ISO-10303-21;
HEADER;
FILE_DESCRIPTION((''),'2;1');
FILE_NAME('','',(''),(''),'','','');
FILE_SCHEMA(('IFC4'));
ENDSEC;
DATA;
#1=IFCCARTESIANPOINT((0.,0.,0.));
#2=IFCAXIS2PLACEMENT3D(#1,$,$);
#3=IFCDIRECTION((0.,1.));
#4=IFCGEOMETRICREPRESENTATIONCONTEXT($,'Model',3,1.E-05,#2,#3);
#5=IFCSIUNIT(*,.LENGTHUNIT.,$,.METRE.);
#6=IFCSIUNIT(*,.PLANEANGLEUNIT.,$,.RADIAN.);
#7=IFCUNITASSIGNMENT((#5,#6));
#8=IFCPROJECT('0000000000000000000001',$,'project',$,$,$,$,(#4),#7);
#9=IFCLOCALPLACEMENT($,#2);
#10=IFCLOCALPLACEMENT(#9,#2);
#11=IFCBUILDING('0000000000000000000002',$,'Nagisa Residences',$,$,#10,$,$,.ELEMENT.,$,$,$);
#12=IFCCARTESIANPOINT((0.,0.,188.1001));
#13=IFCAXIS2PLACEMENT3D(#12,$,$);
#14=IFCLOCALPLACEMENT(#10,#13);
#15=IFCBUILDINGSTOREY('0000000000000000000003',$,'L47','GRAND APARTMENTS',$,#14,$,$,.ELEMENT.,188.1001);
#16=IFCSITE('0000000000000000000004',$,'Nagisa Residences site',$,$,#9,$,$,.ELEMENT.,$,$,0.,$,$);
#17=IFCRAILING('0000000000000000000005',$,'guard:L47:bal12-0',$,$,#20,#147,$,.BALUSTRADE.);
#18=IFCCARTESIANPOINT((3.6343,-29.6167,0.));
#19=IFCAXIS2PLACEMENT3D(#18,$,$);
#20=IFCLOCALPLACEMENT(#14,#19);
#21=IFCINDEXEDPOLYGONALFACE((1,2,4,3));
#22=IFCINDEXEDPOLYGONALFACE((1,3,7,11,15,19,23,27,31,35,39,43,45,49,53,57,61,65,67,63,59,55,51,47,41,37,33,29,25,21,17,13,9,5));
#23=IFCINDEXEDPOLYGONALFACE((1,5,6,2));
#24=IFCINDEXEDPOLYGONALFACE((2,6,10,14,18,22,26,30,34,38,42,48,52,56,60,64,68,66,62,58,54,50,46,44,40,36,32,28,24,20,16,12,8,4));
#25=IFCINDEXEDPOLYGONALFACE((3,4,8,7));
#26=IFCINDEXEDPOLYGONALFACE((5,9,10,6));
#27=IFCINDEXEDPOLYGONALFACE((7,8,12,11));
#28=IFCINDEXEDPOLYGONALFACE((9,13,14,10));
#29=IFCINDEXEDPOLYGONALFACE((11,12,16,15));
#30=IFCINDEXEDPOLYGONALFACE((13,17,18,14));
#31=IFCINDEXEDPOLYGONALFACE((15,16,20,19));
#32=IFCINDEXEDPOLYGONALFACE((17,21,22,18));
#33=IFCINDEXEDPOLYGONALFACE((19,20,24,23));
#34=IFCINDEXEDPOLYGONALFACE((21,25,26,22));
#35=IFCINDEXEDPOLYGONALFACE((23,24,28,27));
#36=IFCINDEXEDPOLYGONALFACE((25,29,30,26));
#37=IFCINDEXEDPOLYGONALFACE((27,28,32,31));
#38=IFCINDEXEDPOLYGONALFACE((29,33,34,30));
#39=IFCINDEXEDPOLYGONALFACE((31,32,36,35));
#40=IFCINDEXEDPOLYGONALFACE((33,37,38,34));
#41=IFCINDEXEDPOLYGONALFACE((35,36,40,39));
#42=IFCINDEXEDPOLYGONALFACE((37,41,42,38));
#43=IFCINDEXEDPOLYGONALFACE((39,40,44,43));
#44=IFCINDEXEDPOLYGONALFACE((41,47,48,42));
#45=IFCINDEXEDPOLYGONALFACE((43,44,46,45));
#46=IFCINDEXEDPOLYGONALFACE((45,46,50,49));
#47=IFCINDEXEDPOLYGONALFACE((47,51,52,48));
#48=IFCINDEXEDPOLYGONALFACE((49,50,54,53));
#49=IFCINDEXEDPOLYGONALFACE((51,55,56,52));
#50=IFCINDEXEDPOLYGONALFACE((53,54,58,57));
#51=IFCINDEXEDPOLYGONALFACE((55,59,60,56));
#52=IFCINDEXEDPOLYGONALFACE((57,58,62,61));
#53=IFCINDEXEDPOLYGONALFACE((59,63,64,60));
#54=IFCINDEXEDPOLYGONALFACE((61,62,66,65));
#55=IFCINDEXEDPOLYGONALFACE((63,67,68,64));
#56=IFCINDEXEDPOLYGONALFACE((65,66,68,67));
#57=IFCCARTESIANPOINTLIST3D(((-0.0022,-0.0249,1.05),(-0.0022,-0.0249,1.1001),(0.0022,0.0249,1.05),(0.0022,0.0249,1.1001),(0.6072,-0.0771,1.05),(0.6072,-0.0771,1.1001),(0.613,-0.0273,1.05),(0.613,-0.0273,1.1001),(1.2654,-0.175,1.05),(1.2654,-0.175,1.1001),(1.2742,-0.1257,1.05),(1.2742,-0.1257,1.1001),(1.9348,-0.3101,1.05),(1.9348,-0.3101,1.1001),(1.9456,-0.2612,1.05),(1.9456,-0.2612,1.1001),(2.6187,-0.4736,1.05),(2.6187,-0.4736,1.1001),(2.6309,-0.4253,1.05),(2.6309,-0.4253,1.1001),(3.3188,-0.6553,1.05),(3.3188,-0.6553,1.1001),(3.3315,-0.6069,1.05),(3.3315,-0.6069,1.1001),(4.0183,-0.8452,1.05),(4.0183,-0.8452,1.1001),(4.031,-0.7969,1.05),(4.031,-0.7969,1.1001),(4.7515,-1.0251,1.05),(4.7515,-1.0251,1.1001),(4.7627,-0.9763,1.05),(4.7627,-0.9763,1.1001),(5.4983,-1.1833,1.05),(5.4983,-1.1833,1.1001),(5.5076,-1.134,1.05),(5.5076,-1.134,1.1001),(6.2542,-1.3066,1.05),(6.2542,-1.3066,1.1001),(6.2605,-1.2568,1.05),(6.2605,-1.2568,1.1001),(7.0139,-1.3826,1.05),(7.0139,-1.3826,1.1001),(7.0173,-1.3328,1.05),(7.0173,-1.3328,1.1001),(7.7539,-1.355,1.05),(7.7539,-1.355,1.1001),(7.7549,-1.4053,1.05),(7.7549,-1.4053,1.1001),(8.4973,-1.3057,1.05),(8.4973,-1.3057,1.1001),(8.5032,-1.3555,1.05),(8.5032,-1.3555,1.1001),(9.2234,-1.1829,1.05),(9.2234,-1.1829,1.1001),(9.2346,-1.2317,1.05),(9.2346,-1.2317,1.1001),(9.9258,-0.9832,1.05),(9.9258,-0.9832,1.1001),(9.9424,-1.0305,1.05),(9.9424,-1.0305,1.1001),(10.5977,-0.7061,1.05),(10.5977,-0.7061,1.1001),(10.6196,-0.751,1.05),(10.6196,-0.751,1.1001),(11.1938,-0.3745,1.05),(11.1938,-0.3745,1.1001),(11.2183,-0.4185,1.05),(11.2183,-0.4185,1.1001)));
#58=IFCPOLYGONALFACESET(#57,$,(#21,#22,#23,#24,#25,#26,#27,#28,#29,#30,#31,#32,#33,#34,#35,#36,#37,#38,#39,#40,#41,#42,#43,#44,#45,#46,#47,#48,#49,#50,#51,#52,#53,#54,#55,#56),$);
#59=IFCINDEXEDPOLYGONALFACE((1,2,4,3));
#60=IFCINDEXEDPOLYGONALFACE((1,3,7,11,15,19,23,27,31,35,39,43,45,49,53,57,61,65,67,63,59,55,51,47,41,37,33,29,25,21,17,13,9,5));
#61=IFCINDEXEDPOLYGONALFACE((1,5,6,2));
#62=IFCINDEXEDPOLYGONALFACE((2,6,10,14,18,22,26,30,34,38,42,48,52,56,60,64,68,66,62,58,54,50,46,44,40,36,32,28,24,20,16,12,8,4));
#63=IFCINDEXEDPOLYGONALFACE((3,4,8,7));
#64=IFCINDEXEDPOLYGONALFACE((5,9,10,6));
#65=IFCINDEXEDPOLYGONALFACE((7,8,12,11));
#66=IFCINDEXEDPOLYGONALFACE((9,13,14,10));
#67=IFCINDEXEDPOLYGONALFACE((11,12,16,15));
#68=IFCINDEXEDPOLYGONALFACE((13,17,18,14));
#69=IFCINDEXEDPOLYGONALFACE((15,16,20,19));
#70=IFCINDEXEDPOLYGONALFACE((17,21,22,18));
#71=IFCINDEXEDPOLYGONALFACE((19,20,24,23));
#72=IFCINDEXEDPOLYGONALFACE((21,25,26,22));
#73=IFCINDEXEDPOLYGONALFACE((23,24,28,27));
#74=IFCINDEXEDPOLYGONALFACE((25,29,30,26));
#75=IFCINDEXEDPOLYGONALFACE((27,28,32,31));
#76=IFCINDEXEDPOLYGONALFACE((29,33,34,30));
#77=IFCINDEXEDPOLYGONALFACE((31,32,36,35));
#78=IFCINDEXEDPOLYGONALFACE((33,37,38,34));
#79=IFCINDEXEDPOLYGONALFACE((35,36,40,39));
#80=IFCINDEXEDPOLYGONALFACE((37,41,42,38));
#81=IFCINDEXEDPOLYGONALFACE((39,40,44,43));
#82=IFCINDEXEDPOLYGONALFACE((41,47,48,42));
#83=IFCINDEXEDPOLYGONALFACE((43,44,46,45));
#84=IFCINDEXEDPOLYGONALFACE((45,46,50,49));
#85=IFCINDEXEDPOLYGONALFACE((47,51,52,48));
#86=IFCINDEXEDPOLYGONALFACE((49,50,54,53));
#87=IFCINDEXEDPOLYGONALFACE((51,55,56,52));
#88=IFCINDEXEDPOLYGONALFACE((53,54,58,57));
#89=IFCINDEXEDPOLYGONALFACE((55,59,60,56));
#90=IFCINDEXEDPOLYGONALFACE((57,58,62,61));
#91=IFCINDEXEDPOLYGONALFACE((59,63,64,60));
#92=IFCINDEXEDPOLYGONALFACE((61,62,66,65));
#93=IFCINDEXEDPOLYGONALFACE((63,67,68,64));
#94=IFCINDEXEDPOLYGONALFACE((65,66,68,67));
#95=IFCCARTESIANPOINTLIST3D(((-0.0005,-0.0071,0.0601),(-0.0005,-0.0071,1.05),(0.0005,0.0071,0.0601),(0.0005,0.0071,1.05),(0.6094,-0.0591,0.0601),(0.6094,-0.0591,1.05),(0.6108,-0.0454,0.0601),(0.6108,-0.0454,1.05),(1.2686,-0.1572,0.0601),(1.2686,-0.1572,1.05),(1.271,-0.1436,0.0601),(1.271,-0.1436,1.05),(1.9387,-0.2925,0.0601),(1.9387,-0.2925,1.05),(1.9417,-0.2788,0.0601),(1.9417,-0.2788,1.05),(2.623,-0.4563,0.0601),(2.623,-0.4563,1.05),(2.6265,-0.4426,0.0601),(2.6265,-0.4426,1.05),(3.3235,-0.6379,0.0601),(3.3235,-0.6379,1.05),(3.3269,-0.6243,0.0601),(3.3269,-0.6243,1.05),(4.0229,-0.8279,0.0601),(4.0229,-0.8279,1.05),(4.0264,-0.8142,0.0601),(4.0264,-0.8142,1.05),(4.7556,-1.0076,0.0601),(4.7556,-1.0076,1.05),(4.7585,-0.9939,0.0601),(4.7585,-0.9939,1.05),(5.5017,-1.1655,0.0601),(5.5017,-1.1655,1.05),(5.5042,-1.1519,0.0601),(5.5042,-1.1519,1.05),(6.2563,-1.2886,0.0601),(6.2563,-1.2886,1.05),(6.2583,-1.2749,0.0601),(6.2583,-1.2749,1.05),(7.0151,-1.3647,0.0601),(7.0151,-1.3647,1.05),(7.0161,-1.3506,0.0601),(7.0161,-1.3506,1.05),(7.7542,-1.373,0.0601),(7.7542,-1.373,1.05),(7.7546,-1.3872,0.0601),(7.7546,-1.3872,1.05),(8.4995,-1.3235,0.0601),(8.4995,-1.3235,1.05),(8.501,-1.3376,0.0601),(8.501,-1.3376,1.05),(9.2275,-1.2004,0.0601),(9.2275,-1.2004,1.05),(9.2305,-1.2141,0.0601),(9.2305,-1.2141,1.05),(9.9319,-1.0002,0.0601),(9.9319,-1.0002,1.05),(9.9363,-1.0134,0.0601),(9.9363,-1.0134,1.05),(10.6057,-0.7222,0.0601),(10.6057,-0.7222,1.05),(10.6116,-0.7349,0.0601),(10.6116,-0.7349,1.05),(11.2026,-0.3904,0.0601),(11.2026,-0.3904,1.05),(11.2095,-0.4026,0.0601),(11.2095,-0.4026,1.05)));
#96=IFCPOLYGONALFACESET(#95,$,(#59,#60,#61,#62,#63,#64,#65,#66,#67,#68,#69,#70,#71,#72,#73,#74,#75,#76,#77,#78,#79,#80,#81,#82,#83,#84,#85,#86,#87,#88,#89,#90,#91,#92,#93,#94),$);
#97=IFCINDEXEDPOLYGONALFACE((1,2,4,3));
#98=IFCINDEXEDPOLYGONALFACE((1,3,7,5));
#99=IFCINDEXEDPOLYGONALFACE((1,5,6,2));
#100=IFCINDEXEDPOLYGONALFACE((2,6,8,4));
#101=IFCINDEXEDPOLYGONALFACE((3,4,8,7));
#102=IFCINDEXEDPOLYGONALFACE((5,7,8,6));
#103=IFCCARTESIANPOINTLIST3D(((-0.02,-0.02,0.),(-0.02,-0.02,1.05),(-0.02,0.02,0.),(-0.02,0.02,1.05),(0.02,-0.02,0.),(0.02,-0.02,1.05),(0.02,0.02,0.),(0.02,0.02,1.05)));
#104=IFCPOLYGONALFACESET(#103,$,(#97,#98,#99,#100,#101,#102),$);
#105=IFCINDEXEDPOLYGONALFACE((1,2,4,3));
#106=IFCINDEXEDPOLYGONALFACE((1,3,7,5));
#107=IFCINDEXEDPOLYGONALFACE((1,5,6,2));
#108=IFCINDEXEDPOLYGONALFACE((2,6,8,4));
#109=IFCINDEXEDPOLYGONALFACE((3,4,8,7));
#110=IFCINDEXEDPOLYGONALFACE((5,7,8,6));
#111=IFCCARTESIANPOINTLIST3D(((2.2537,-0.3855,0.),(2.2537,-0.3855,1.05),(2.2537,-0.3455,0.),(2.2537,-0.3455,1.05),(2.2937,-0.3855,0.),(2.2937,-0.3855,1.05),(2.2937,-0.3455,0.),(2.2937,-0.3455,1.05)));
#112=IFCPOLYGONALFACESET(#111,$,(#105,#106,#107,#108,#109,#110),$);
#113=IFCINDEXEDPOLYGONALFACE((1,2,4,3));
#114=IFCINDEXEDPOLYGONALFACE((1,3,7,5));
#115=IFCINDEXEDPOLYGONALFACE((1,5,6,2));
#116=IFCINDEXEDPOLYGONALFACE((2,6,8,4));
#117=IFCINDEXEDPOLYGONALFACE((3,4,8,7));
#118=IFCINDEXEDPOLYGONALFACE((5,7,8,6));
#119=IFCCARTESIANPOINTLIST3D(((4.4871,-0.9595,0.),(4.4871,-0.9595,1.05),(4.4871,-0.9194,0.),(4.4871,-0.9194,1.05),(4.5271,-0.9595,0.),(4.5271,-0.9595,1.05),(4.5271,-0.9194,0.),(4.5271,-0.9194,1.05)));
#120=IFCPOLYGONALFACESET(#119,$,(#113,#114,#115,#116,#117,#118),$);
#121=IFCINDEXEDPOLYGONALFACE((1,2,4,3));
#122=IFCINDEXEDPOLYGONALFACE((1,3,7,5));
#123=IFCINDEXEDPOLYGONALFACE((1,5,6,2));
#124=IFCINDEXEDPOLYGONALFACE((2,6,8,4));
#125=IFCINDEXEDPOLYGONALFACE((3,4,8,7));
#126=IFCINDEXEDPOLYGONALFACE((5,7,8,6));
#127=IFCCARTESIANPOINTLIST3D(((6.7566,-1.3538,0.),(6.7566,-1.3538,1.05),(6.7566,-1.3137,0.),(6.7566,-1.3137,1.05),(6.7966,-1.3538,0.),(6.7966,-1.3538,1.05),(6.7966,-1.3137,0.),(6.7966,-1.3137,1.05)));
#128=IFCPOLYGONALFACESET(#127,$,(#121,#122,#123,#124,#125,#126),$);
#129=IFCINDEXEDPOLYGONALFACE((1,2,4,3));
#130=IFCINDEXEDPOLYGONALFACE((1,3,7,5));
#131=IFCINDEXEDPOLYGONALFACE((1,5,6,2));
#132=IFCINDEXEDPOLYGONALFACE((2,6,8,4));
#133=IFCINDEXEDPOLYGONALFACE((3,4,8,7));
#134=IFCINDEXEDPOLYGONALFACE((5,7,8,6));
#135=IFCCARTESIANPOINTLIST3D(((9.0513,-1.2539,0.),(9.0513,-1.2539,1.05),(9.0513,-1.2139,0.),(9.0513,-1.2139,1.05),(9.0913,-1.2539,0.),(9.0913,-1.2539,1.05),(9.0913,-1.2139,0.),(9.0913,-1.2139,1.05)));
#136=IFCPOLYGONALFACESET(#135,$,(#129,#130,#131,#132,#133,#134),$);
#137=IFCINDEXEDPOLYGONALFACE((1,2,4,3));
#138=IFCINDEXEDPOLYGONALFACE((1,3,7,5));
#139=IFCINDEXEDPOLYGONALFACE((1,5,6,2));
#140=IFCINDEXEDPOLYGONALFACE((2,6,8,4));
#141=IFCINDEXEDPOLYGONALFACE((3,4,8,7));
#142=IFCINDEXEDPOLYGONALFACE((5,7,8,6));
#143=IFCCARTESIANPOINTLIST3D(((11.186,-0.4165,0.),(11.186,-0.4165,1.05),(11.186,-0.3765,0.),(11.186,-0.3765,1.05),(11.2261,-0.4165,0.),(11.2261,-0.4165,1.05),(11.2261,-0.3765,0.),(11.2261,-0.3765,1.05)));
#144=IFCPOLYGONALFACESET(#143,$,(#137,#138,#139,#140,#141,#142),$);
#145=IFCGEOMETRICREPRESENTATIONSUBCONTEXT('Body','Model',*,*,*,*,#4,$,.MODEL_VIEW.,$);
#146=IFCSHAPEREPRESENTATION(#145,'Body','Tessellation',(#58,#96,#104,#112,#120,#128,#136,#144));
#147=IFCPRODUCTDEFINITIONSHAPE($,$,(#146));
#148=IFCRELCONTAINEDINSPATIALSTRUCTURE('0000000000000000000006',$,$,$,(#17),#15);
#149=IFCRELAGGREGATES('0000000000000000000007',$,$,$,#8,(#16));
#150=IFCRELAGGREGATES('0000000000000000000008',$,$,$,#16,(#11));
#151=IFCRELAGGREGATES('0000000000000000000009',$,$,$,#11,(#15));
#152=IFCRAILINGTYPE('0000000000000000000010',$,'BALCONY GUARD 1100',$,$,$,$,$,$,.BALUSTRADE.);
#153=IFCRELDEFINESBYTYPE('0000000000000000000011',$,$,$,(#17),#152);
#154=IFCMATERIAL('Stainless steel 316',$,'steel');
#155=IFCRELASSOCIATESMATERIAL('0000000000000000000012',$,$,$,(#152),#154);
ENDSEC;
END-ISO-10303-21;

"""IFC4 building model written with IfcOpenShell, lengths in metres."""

from ifc_helpers import new_model, si_unit, direction, frame, origin, origin_2d, place, context, subcontext, project, spatial, polyline, rectangle, outline, extrude, material, type_object, element, save


model = new_model("IFC4")

# Units and contexts
model_context = context("Model", 3, precision=1e-05, world=origin(), true_north=direction((0.0, 1.0)))
body_context = subcontext(model_context, "Body", "Model", "MODEL_VIEW")
ifc_project = project(units=[si_unit("LENGTHUNIT", "METRE"), si_unit("PLANEANGLEUNIT", "RADIAN")], contexts=[model_context])

# Site, building, storey
site_placement = place(None, origin())
site = spatial("IfcSite", under=ifc_project, at=site_placement, Name="Nagisa Residences site", CompositionType="ELEMENT", RefElevation=0.0)
building_placement = place(site_placement, origin())
building = spatial("IfcBuilding", under=site, at=building_placement, Name="Nagisa Residences", CompositionType="ELEMENT")
storey_placement = place(building_placement, frame((0.0, 0.0, 188.1001)))
storey = spatial("IfcBuildingStorey", under=building, at=storey_placement, Name="L47", Description="GRAND APARTMENTS", CompositionType="ELEMENT", Elevation=188.1001)

# Railing
ifc_material_1 = material(Name="Stainless steel 316", Category="steel")
railing_type = type_object("IfcRailingType", Name="BALCONY GUARD 1100", PredefinedType="BALUSTRADE", material=ifc_material_1)
railing_placement = place(storey_placement, frame((3.6343, -29.6167, 0.0)))
element("IfcRailing", 1, at=railing_placement, inside=storey, type_object=railing_type, Name="guard:L47:bal12-0", PredefinedType="BALUSTRADE", context=body_context, shape_type="SweptSolid", body=[
    extrude(outline(polyline([(0.613, -0.0273), (0.0022, 0.0249), (-0.0022, -0.0249), (0.6072, -0.0771), (1.2654, -0.175), (1.9348, -0.3101), (2.6187, -0.4736), (3.3188, -0.6553), (4.0183, -0.8452), (4.7515, -1.0251), (5.4983, -1.1833), (6.2542, -1.3066), (7.0139, -1.3826), (7.7549, -1.4053), (8.5032, -1.3555), (9.2346, -1.2317), (9.9424, -1.0305), (10.6196, -0.751), (11.2183, -0.4185), (11.1938, -0.3745), (10.5977, -0.7061), (9.9258, -0.9832), (9.2234, -1.1829), (8.4973, -1.3057), (7.7539, -1.355), (7.0173, -1.3328), (6.2605, -1.2568), (5.5076, -1.134), (4.7627, -0.9763), (4.031, -0.7969), (3.3315, -0.6069), (2.6309, -0.4253), (1.9456, -0.2612), (1.2742, -0.1257), (0.613, -0.0273)])), frame((0.0, 0.0, 1.05)), (0.0, 0.0, 1.0), 0.05),
    extrude(outline(polyline([(0.6108, -0.0454), (0.0005, 0.0071), (-0.0005, -0.0071), (0.6094, -0.0591), (1.2686, -0.1572), (1.9387, -0.2925), (2.623, -0.4563), (3.3235, -0.6379), (4.0229, -0.8279), (4.7556, -1.0076), (5.5017, -1.1655), (6.2563, -1.2886), (7.0151, -1.3647), (7.7546, -1.3872), (8.501, -1.3376), (9.2305, -1.2141), (9.9363, -1.0134), (10.6116, -0.7349), (11.2095, -0.4026), (11.2026, -0.3904), (10.6057, -0.7222), (9.9319, -1.0002), (9.2275, -1.2004), (8.4995, -1.3235), (7.7542, -1.373), (7.0161, -1.3506), (6.2583, -1.2749), (5.5042, -1.1519), (4.7585, -0.9939), (4.0264, -0.8142), (3.3269, -0.6243), (2.6265, -0.4426), (1.9417, -0.2788), (1.271, -0.1436), (0.6108, -0.0454)])), frame((0.0, 0.0, 0.0601)), (0.0, 0.0, 1.0), 0.99),
    extrude(rectangle(XDim=0.04, YDim=0.04, at=origin_2d()), origin(), (0.0, 0.0, 1.0), 1.05),
    extrude(rectangle(XDim=0.04, YDim=0.04, at=origin_2d()), frame((2.2737, -0.3655, 0.0)), (0.0, 0.0, 1.0), 1.05),
    extrude(rectangle(XDim=0.04, YDim=0.04, at=origin_2d()), frame((4.5071, -0.9395, 0.0)), (0.0, 0.0, 1.0), 1.05),
    extrude(rectangle(XDim=0.04, YDim=0.04, at=origin_2d()), frame((6.7766, -1.3337, 0.0)), (0.0, 0.0, 1.0), 1.05),
    extrude(rectangle(XDim=0.04, YDim=0.04, at=origin_2d()), frame((9.0713, -1.2339, 0.0)), (0.0, 0.0, 1.0), 1.05),
    extrude(rectangle(XDim=0.04, YDim=0.04, at=origin_2d()), frame((11.2061, -0.3965, 0.0)), (0.0, 0.0, 1.0), 1.05),
])

save(model, "model.ifc")
